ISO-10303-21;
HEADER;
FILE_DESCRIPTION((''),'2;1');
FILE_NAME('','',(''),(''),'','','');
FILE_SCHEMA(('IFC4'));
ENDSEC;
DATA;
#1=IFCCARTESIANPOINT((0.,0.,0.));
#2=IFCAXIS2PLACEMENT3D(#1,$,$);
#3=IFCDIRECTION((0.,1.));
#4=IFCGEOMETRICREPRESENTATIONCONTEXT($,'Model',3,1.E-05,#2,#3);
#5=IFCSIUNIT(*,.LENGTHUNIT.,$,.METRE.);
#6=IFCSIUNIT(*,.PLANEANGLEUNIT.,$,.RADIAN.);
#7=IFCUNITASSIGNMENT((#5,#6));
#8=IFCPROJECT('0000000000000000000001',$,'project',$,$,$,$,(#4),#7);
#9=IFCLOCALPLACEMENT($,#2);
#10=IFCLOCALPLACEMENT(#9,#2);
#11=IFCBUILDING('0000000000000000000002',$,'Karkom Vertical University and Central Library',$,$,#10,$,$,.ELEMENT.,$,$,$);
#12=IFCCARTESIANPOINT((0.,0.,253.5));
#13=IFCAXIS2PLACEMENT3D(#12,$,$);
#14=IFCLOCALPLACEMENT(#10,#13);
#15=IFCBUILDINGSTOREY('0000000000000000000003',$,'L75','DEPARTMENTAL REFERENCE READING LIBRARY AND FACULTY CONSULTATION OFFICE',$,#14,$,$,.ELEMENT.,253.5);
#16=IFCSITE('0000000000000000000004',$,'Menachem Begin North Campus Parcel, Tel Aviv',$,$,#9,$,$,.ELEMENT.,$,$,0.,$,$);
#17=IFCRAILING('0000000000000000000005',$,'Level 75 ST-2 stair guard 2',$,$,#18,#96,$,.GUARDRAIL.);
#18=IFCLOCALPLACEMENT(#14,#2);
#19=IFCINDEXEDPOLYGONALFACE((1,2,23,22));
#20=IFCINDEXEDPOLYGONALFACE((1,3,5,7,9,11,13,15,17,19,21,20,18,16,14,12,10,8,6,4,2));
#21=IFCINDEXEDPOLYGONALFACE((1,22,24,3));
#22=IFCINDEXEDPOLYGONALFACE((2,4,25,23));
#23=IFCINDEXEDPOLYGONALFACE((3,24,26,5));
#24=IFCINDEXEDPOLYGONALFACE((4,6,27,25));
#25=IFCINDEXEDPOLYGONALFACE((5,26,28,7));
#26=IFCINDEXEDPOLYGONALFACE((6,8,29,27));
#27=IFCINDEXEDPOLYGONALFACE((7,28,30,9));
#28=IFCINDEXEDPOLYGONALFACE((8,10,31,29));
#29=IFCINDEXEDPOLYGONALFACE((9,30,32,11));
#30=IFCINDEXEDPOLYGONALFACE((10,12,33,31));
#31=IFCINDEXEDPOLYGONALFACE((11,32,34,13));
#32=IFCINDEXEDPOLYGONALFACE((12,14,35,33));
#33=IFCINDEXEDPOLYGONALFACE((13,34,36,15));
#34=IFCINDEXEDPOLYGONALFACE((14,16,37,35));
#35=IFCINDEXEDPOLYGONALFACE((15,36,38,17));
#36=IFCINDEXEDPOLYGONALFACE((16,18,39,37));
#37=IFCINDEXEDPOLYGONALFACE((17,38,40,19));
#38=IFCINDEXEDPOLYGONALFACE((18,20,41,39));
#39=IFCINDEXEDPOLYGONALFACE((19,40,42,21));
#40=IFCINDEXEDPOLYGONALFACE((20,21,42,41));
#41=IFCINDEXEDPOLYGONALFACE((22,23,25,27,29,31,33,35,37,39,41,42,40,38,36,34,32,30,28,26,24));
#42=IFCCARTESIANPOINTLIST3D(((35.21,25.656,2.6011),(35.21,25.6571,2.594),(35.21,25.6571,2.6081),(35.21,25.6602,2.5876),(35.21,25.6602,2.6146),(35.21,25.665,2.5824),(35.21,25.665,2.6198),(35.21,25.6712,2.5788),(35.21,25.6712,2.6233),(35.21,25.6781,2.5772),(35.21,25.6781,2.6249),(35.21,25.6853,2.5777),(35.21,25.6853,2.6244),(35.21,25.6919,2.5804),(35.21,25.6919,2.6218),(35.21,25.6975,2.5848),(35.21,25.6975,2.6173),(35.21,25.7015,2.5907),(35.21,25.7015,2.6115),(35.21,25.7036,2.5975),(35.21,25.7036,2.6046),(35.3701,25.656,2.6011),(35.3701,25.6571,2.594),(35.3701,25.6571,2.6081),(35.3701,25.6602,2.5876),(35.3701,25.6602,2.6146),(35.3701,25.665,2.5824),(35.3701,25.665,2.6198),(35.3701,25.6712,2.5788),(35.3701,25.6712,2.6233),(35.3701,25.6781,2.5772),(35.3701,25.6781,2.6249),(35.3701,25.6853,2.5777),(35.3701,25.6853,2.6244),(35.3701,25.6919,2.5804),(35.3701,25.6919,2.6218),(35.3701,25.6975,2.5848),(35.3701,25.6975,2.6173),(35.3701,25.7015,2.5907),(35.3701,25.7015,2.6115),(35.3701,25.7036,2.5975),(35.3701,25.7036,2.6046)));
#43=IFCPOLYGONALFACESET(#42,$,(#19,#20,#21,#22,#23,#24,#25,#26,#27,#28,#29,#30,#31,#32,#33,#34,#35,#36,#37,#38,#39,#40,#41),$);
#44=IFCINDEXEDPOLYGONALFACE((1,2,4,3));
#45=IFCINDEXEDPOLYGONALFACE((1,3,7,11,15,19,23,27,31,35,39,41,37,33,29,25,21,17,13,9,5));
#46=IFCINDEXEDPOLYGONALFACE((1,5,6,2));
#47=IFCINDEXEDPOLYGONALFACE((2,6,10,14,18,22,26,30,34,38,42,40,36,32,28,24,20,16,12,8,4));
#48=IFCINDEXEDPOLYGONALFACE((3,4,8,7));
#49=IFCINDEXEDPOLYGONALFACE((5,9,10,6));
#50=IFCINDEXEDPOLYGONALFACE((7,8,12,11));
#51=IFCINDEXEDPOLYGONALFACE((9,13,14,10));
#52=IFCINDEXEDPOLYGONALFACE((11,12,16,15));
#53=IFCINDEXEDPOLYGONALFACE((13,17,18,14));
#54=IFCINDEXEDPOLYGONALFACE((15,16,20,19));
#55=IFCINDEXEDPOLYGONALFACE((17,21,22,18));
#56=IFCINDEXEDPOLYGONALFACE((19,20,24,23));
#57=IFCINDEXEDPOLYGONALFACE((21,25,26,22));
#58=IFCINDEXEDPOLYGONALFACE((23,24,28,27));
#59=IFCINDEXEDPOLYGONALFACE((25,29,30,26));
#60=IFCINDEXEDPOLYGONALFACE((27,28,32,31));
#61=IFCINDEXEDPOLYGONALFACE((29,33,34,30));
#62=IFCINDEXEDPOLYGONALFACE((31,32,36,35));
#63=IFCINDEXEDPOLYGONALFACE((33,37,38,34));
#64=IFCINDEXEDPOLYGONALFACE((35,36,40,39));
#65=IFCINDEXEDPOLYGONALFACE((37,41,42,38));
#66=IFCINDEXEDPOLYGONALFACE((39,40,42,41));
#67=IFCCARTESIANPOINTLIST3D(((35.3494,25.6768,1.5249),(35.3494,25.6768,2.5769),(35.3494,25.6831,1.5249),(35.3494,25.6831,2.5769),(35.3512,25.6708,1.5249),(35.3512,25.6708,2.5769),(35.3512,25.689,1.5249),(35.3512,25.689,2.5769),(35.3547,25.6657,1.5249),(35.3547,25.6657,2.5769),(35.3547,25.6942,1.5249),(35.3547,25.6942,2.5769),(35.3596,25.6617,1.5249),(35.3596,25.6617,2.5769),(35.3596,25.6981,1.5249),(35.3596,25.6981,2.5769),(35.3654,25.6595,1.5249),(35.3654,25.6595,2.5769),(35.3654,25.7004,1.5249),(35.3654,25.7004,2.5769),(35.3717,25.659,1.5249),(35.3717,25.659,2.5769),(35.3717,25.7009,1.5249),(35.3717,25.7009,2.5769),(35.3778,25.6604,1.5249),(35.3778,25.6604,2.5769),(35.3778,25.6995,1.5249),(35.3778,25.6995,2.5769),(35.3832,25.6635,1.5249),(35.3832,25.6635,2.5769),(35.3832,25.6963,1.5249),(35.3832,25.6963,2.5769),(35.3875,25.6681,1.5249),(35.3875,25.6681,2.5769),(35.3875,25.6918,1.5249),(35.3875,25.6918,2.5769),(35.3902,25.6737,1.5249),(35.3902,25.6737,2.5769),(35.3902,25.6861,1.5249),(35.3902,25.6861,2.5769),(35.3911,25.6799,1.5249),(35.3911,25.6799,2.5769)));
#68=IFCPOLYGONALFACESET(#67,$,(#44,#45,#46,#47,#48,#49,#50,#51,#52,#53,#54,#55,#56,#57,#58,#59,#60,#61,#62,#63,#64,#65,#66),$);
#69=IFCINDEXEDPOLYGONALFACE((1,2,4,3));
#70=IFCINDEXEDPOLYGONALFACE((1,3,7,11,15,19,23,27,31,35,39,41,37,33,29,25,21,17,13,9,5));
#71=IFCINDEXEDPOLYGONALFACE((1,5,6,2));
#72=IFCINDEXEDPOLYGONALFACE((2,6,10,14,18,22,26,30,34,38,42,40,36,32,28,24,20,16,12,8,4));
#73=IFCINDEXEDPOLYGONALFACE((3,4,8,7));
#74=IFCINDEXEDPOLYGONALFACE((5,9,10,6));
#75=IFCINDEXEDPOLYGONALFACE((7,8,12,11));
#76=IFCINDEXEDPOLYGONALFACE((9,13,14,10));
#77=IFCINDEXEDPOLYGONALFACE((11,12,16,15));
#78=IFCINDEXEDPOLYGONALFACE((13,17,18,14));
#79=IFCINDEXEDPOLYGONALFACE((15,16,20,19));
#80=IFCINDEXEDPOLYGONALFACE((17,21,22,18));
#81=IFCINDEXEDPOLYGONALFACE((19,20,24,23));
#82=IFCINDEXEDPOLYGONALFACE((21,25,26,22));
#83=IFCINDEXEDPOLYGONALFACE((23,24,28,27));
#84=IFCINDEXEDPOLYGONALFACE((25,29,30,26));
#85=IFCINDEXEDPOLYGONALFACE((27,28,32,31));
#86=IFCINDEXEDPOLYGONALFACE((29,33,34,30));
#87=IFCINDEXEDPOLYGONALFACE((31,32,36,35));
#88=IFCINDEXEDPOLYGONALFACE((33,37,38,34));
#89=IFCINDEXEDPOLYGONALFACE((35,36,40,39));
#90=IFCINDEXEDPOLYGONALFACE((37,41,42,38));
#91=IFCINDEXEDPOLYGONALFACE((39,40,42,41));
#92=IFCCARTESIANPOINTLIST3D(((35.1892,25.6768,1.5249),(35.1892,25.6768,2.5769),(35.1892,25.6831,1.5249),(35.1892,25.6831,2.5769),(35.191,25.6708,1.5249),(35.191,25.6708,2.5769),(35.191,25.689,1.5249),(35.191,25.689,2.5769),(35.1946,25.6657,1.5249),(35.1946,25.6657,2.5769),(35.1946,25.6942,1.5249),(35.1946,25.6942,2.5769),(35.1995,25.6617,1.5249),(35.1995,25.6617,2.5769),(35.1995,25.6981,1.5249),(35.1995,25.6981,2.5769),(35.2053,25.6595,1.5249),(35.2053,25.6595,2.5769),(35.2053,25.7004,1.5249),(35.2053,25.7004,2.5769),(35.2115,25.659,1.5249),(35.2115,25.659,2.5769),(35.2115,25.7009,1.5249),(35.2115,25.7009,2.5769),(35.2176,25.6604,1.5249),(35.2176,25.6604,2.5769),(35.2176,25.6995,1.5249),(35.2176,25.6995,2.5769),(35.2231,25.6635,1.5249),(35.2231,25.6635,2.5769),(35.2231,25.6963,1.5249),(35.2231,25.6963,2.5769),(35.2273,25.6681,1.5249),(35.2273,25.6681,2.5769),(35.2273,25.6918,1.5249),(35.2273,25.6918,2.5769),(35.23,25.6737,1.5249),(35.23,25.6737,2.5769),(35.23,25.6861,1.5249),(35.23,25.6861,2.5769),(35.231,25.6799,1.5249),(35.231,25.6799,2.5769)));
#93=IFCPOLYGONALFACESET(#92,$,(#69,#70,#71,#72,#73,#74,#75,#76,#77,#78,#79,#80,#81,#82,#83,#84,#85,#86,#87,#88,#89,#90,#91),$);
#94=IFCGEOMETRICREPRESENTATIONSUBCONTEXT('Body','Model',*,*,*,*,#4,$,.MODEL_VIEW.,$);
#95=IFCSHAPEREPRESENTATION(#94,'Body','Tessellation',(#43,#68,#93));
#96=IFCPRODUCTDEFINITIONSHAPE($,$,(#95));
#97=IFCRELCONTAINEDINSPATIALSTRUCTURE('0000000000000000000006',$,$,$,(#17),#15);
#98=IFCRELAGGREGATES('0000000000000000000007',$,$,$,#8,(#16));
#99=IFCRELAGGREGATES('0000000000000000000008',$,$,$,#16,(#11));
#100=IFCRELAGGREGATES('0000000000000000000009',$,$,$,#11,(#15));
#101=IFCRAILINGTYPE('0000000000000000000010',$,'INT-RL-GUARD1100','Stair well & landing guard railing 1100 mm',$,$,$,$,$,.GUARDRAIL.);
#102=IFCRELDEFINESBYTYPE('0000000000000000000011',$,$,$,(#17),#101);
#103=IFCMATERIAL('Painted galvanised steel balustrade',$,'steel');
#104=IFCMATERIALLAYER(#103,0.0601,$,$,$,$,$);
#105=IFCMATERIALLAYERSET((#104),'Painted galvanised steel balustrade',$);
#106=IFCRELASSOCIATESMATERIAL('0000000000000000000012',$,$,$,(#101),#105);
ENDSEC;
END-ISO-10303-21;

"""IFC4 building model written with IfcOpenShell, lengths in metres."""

from ifc_helpers import new_model, si_unit, direction, frame, origin, origin_2d, place, context, subcontext, project, spatial, circle, extrude, material, layer, layer_set, type_object, element, save


model = new_model("IFC4")

# Units and contexts
model_context = context("Model", 3, precision=1e-05, world=origin(), true_north=direction((0.0, 1.0)))
body_context = subcontext(model_context, "Body", "Model", "MODEL_VIEW")
ifc_project = project(units=[si_unit("LENGTHUNIT", "METRE"), si_unit("PLANEANGLEUNIT", "RADIAN")], contexts=[model_context])

# Site, building, storey
site_placement = place(None, origin())
site = spatial("IfcSite", under=ifc_project, at=site_placement, Name="Menachem Begin North Campus Parcel, Tel Aviv", CompositionType="ELEMENT", RefElevation=0.0)
building_placement = place(site_placement, origin())
building = spatial("IfcBuilding", under=site, at=building_placement, Name="Karkom Vertical University and Central Library", CompositionType="ELEMENT")
storey_placement = place(building_placement, frame((0.0, 0.0, 253.5)))
storey = spatial("IfcBuildingStorey", under=building, at=storey_placement, Name="L75", Description="DEPARTMENTAL REFERENCE READING LIBRARY AND FACULTY CONSULTATION OFFICE", CompositionType="ELEMENT", Elevation=253.5)

# Railing
ifc_material_1 = material(Name="Painted galvanised steel balustrade", Category="steel")
ifc_layer_1 = layer(ifc_material_1, 0.0601)
ifc_layer_set_1 = layer_set([ifc_layer_1], Name="Painted galvanised steel balustrade")
railing_type_1 = type_object("IfcRailingType", Name="INT-RL-GUARD1100", Description="Stair well & landing guard railing 1100 mm", PredefinedType="GUARDRAIL", material=ifc_layer_set_1)
railing_1_placement = place(storey_placement, frame((35.3701, 25.6799, 1.5249)))
element("IfcRailing", 1, at=railing_1_placement, inside=storey, type_object=railing_type_1, Name="Level 75 ST-2 stair guard 2", PredefinedType="GUARDRAIL", context=body_context, shape_type="SweptSolid", body=[
    extrude(circle(Radius=0.0239, at=origin_2d()), frame((0.0, 0.0, 1.0762), z_axis=(-1.0, 0.0, 0.0), x_axis=(0.0, -1.0, 0.0)), (0.0, 0.0, 1.0), 0.1602),
    extrude(circle(Radius=0.021, at=origin_2d()), origin(), (0.0, 0.0, 1.0), 1.052),
    extrude(circle(Radius=0.021, at=origin_2d()), frame((-0.1602, 0.0, 0.0)), (0.0, 0.0, 1.0), 1.052),
])

save(model, "model.ifc")
